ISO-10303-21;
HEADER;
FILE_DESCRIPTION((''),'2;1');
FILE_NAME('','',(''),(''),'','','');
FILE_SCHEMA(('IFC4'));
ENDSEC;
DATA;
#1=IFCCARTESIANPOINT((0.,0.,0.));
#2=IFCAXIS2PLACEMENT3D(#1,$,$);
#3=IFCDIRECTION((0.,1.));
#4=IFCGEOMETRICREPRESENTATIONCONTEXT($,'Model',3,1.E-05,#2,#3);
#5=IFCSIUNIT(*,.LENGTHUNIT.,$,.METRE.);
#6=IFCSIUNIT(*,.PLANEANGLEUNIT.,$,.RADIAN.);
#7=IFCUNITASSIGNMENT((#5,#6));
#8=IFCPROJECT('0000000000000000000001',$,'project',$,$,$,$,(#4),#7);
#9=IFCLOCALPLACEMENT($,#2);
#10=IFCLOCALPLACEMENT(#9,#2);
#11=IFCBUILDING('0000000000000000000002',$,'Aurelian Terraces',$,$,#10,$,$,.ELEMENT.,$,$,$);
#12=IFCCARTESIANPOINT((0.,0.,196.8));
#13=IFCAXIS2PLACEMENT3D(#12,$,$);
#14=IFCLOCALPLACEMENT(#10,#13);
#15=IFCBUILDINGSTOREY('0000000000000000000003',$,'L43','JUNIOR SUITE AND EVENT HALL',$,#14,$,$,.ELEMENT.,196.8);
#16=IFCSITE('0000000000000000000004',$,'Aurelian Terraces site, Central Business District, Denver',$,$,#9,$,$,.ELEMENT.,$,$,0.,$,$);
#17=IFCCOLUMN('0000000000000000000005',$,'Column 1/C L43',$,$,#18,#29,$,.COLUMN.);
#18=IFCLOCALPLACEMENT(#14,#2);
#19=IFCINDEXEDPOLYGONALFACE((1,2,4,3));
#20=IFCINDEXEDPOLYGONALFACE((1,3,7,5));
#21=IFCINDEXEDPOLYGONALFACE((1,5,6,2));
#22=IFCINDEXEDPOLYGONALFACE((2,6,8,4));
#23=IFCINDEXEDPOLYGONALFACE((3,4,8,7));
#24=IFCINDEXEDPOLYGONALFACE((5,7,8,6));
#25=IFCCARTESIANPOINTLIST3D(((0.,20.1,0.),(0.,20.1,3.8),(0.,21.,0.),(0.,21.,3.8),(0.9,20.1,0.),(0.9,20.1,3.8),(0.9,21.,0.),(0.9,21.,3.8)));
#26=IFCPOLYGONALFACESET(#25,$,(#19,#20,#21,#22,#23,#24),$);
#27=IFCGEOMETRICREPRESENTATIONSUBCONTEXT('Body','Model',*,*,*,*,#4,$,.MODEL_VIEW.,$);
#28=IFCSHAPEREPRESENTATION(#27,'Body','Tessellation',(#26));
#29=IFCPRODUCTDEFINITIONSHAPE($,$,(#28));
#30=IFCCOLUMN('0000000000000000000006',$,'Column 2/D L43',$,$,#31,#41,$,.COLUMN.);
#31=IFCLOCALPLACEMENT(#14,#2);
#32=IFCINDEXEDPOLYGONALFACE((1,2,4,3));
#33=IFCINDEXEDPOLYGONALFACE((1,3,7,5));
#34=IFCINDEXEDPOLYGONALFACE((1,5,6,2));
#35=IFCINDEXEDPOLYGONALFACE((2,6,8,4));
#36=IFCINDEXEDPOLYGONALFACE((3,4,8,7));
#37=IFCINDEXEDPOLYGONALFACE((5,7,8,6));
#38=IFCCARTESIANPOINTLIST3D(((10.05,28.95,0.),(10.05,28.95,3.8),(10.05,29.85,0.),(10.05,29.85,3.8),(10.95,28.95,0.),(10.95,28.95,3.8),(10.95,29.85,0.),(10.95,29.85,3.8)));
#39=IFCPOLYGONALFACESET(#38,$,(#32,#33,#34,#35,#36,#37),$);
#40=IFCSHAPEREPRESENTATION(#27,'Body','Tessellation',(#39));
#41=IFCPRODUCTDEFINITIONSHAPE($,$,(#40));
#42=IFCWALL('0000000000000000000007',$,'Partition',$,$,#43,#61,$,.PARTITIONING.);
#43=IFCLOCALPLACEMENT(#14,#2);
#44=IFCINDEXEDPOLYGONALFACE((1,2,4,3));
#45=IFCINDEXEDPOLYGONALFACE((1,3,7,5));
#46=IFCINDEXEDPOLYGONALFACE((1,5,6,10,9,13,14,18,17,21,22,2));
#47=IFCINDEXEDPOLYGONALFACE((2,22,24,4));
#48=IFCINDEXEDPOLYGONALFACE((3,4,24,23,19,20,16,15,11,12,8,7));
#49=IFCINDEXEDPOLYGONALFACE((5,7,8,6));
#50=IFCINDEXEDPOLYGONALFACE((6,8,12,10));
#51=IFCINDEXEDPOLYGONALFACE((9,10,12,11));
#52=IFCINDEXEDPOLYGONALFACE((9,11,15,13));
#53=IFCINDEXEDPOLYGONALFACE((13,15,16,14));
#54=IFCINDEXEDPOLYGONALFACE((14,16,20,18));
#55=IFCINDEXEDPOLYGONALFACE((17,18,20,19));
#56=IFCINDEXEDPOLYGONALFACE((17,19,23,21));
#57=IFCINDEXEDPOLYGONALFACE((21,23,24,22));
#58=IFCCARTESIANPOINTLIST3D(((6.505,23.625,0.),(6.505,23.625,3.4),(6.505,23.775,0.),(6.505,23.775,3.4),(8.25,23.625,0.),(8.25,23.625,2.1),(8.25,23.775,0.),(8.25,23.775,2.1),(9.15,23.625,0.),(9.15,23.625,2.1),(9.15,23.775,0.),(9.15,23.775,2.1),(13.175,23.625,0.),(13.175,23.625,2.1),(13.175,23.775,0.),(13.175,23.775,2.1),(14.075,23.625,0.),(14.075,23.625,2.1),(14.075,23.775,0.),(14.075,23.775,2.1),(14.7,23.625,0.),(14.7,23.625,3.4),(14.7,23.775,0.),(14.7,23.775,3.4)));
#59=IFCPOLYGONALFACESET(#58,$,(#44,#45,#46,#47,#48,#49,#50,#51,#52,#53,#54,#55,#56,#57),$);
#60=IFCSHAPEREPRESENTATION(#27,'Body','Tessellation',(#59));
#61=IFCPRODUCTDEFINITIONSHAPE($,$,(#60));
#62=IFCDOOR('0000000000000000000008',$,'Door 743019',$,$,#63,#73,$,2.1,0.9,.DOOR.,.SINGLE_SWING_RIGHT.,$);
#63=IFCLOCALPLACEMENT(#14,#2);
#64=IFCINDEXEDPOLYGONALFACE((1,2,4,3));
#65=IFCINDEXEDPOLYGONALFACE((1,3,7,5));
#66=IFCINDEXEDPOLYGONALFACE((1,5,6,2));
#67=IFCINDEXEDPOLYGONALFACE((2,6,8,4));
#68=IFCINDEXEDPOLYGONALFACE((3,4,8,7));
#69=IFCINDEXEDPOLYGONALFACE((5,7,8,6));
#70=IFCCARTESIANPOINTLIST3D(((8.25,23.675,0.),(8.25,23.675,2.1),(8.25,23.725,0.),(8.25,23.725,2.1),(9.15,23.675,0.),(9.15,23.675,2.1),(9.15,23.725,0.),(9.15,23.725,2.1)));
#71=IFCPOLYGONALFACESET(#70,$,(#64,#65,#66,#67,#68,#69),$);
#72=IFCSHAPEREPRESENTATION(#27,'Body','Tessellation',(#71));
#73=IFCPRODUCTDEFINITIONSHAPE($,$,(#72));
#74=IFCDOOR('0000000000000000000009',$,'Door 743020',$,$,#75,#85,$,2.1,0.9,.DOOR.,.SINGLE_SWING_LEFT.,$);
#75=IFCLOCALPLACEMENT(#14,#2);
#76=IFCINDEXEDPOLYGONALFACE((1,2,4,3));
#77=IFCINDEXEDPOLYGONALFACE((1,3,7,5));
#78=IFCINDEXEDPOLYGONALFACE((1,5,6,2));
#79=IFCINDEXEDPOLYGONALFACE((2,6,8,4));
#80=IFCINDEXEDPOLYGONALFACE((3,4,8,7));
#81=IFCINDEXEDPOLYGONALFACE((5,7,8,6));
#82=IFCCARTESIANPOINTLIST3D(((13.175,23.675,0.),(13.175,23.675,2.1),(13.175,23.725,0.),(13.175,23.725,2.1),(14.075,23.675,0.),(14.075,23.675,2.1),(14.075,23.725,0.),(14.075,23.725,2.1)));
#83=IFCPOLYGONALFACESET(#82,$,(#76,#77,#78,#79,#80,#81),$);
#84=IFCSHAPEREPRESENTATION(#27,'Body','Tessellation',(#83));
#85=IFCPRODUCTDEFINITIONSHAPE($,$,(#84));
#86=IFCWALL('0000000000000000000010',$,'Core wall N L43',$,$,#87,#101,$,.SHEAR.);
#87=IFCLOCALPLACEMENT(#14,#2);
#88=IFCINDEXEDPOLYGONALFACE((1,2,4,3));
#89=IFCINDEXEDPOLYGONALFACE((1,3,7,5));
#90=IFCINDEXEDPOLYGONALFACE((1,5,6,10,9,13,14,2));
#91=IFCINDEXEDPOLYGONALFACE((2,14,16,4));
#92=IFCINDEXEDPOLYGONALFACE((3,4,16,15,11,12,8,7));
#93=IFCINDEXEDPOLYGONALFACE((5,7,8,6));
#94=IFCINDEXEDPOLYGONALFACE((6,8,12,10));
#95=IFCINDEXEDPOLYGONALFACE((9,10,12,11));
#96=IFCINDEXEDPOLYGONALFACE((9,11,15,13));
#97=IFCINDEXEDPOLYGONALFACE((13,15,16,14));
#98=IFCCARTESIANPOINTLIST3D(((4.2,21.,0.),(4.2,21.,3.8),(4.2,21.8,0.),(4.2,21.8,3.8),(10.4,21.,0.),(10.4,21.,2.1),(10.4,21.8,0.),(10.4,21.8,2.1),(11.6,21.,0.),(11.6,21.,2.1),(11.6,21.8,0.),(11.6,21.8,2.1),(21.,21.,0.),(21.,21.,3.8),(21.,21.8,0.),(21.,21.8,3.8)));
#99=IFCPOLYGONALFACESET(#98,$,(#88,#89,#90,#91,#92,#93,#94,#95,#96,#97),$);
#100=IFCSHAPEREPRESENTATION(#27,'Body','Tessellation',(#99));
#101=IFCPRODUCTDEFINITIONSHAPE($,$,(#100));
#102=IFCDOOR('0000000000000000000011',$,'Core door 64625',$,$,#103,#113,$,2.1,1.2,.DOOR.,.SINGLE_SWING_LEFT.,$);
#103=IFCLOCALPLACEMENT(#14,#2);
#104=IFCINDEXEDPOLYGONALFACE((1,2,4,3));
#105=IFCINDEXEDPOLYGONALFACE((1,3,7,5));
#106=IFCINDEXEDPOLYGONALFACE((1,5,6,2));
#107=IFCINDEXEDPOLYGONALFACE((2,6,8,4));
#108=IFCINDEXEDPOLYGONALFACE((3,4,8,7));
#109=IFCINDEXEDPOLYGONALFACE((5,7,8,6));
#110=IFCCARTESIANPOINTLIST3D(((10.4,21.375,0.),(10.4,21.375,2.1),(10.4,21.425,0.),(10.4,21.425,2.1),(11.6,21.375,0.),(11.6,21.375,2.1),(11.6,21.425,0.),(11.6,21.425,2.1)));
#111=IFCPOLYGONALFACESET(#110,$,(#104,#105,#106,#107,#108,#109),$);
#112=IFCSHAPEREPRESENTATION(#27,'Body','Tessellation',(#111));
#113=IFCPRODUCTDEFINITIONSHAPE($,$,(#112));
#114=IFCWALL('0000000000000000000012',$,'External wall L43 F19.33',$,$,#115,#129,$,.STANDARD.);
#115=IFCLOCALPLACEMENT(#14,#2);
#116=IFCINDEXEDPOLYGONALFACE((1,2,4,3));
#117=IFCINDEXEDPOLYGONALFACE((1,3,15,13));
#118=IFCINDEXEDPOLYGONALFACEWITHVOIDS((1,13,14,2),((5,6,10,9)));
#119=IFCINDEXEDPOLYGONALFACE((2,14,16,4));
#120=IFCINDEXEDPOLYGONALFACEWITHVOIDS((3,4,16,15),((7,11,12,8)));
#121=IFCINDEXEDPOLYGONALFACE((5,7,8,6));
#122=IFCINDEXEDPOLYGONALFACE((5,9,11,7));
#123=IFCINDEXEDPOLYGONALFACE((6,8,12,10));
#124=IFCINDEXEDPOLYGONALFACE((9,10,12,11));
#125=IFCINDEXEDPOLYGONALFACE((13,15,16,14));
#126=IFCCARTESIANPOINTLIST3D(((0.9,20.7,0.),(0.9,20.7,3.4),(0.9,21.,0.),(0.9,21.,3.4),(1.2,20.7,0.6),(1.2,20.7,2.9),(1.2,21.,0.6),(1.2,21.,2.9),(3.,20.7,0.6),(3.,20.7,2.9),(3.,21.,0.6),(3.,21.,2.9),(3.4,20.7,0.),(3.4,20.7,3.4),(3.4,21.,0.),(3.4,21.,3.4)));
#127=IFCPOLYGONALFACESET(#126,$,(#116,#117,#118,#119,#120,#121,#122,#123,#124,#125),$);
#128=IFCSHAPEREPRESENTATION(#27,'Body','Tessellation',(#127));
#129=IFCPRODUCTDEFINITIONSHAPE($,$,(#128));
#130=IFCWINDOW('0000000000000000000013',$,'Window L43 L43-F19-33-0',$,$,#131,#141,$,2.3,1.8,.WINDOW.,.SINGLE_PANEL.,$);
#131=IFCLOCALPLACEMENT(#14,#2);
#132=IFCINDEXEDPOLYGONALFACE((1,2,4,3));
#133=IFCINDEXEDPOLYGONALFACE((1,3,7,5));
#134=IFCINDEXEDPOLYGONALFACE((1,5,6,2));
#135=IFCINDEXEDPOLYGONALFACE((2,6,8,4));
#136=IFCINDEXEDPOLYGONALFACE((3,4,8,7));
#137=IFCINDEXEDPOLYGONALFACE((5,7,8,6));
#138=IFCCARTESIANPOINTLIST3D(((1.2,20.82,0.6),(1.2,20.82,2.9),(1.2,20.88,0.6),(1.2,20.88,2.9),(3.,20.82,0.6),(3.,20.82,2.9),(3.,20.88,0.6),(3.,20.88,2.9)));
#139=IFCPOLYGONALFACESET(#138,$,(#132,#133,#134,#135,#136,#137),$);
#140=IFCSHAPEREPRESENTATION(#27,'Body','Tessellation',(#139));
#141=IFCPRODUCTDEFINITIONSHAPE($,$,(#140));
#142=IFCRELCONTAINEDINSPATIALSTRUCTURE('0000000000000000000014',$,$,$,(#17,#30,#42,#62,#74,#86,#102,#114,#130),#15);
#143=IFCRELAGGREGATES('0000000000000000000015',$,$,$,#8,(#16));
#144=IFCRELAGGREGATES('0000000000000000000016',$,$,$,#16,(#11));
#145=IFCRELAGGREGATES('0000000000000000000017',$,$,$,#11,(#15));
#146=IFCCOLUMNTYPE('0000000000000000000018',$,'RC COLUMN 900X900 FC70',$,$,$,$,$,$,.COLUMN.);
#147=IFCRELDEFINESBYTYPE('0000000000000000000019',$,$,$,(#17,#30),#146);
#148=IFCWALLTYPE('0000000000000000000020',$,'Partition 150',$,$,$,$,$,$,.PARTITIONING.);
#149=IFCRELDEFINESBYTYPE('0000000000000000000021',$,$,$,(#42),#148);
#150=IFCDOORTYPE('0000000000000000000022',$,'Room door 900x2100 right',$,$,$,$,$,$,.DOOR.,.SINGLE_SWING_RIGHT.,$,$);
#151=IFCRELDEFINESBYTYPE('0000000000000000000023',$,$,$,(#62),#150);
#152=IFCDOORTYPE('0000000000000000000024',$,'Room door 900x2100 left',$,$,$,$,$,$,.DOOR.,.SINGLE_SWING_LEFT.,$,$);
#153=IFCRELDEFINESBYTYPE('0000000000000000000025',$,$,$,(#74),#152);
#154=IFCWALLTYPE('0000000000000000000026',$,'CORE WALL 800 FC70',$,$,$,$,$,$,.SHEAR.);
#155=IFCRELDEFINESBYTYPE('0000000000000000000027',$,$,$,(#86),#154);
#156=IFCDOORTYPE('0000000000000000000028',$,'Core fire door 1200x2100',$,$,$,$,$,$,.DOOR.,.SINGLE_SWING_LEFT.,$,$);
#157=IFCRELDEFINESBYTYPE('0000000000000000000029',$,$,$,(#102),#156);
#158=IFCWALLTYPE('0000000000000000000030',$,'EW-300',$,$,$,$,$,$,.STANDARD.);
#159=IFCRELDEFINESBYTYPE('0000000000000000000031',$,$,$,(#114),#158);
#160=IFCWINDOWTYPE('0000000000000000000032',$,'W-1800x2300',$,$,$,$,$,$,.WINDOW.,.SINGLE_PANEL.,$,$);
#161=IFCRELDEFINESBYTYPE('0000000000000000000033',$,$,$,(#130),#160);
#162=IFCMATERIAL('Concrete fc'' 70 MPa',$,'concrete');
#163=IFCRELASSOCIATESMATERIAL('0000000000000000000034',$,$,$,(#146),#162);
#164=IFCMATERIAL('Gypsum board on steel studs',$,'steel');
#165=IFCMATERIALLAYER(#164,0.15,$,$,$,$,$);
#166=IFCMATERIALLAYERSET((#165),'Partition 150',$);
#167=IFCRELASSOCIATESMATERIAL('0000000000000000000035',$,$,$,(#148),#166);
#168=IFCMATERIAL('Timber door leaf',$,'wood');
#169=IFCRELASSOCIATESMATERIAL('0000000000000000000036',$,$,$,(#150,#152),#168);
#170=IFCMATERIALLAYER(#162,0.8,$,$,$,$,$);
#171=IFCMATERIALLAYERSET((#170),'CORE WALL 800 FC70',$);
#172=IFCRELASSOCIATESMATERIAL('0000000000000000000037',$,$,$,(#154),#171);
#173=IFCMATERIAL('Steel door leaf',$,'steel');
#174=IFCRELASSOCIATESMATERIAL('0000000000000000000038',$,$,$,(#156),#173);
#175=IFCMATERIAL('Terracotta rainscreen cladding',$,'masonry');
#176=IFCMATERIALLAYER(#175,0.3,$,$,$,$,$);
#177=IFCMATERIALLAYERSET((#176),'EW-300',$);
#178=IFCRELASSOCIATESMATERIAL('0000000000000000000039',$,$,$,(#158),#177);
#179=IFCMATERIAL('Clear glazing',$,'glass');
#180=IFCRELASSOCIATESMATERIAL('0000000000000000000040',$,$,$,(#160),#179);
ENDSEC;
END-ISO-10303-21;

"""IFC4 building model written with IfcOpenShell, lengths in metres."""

from ifc_helpers import new_model, si_unit, direction, frame, frame_2d, origin, origin_2d, place, context, subcontext, project, spatial, rectangle, extrude, source, transform, mapped, material, layer, layer_set, material_profile, profile_set, type_object, element, fill, save


model = new_model("IFC4")

# Units and contexts
model_context = context("Model", 3, precision=1e-05, world=origin(), true_north=direction((0.0, 1.0)))
body_context = subcontext(model_context, "Body", "Model", "MODEL_VIEW")
ifc_project = project(units=[si_unit("LENGTHUNIT", "METRE"), si_unit("PLANEANGLEUNIT", "RADIAN")], contexts=[model_context])

# Site, building, storey
site_placement = place(None, origin())
site = spatial("IfcSite", under=ifc_project, at=site_placement, Name="Aurelian Terraces site, Central Business District, Denver", CompositionType="ELEMENT", RefElevation=0.0)
building_placement = place(site_placement, origin())
building = spatial("IfcBuilding", under=site, at=building_placement, Name="Aurelian Terraces", CompositionType="ELEMENT")
storey_placement = place(building_placement, frame((0.0, 0.0, 196.8)))
storey = spatial("IfcBuildingStorey", under=building, at=storey_placement, Name="L43", Description="JUNIOR SUITE AND EVENT HALL", CompositionType="ELEMENT", Elevation=196.8)

# Columns
ifc_material_1 = material(Name="Concrete fc' 70 MPa", Category="concrete")
ifc_material_profile = material_profile(ifc_material_1, rectangle(XDim=0.9, YDim=0.9, at=origin_2d()))
ifc_profile_set = profile_set([ifc_material_profile], Name="Concrete fc' 70 MPa")
column_type = type_object("IfcColumnType", Name="RC COLUMN 900X900 FC70", PredefinedType="COLUMN", material=ifc_profile_set)
shared_shape_1 = source(origin(), body_context, "Body", "SweptSolid", [
    extrude(rectangle(XDim=0.9, YDim=0.9, at=origin_2d()), origin(), (0.0, 0.0, 1.0), 3.8),
])
for number, where, z_axis, x_axis, name in (
    (1, (0.45, 20.55, 0.0), (0.0, 0.0, 1.0), (1.0, 0.0, 0.0), "Column 1/C L43"),
    (2, (10.5, 29.4, 0.0), (0.0, 0.0, 1.0), (1.0, 0.0, 0.0), "Column 2/D L43"),
):
    element("IfcColumn", number, at=place(storey_placement, frame(where, z_axis=z_axis, x_axis=x_axis)), inside=storey, type_object=column_type, Name=name, PredefinedType="COLUMN", context=body_context, shape_type="MappedRepresentation", body=[
        mapped(shared_shape_1, transform((0.0, 0.0, 0.0), scale=1.0)),
    ])

# Wall, openings, doors
ifc_material_2 = material(Name="Gypsum board on steel studs", Category="steel")
ifc_layer_1 = layer(ifc_material_2, 0.15)
ifc_layer_set_1 = layer_set([ifc_layer_1], Name="Partition 150")
wall_type_1 = type_object("IfcWallType", Name="Partition 150", PredefinedType="PARTITIONING", material=ifc_layer_set_1)
wall_1_placement = place(storey_placement, frame((6.505, 23.7, 0.0), z_axis=(0.0, 0.0, 1.0), x_axis=(1.0, 0.0, 0.0)))
wall_1 = element("IfcWall", 3, at=wall_1_placement, inside=storey, type_object=wall_type_1, Name="Partition", PredefinedType="PARTITIONING", context=body_context, shape_type="SweptSolid", body=[
    extrude(rectangle(XDim=8.195, YDim=0.15, at=frame_2d((4.0975, 0.0))), origin(), (0.0, 0.0, 1.0), 3.4),
])
shared_shape_2 = source(origin(), body_context, "Body", "SweptSolid", [
    extrude(rectangle(XDim=0.9, YDim=2.1, at=frame_2d((0.45, 1.05))), frame((0.0, 0.085, 0.0), z_axis=(0.0, -1.0, 0.0), x_axis=(1.0, 0.0, 0.0)), (0.0, 0.0, 1.0), 0.17),
])
opening_1_placement = place(wall_1_placement, frame((1.745, 0.0, 0.0)))
opening_1 = element("IfcOpeningElement", 4, at=opening_1_placement, cuts=wall_1, PredefinedType="OPENING", context=body_context, shape_type="MappedRepresentation", body=[
    mapped(shared_shape_2, transform((0.0, 0.0, 0.0), scale=1.0)),
])
opening_2_placement = place(wall_1_placement, frame((6.67, 0.0, 0.0)))
opening_2 = element("IfcOpeningElement", 5, at=opening_2_placement, cuts=wall_1, PredefinedType="OPENING", context=body_context, shape_type="MappedRepresentation", body=[
    mapped(shared_shape_2, transform((0.0, 0.0, 0.0), scale=1.0)),
])
ifc_material_3 = material(Name="Timber door leaf", Category="wood")
door_type_1 = type_object("IfcDoorType", Name="Room door 900x2100 right", OperationType="SINGLE_SWING_RIGHT", PredefinedType="DOOR", material=ifc_material_3)
shared_shape_3 = source(origin(), body_context, "Body", "SweptSolid", [
    extrude(rectangle(XDim=0.9, YDim=2.1, at=frame_2d((0.45, 1.05))), frame((0.0, 0.025, 0.0), z_axis=(0.0, -1.0, 0.0), x_axis=(1.0, 0.0, 0.0)), (0.0, 0.0, 1.0), 0.05),
])
door_1_placement = place(opening_1_placement, origin())
door_1 = element("IfcDoor", 6, at=door_1_placement, inside=storey, type_object=door_type_1, Name="Door 743019", OperationType="SINGLE_SWING_RIGHT", OverallHeight=2.1, OverallWidth=0.9, PredefinedType="DOOR", context=body_context, shape_type="MappedRepresentation", body=[
    mapped(shared_shape_3, transform((0.0, 0.0, 0.0), scale=1.0)),
])
fill(opening_1, door_1)
door_type_2 = type_object("IfcDoorType", Name="Room door 900x2100 left", OperationType="SINGLE_SWING_LEFT", PredefinedType="DOOR", material=ifc_material_3)
door_2_placement = place(opening_2_placement, origin())
door_2 = element("IfcDoor", 7, at=door_2_placement, inside=storey, type_object=door_type_2, Name="Door 743020", OperationType="SINGLE_SWING_LEFT", OverallHeight=2.1, OverallWidth=0.9, PredefinedType="DOOR", context=body_context, shape_type="MappedRepresentation", body=[
    mapped(shared_shape_3, transform((0.0, 0.0, 0.0), scale=1.0)),
])
fill(opening_2, door_2)

# Wall, opening, door
ifc_layer_2 = layer(ifc_material_1, 0.8)
ifc_layer_set_2 = layer_set([ifc_layer_2], Name="CORE WALL 800 FC70")
wall_type_2 = type_object("IfcWallType", Name="CORE WALL 800 FC70", PredefinedType="SHEAR", material=ifc_layer_set_2)
shared_shape_4 = source(origin(), body_context, "Body", "SweptSolid", [
    extrude(rectangle(XDim=16.8, YDim=0.8, at=frame_2d((8.4, 0.0))), origin(), (0.0, 0.0, 1.0), 3.8),
])
wall_2_placement = place(storey_placement, frame((4.2, 21.4, 0.0), z_axis=(0.0, 0.0, 1.0), x_axis=(1.0, 0.0, 0.0)))
wall_2 = element("IfcWall", 8, at=wall_2_placement, inside=storey, type_object=wall_type_2, Name="Core wall N L43", PredefinedType="SHEAR", context=body_context, shape_type="MappedRepresentation", body=[
    mapped(shared_shape_4, transform((0.0, 0.0, 0.0), scale=1.0)),
])
shared_shape_5 = source(origin(), body_context, "Body", "SweptSolid", [
    extrude(rectangle(XDim=1.2, YDim=2.1, at=frame_2d((0.6, 1.05))), frame((0.0, 0.41, 0.0), z_axis=(0.0, -1.0, 0.0), x_axis=(1.0, 0.0, 0.0)), (0.0, 0.0, 1.0), 0.82),
])
opening_3_placement = place(wall_2_placement, frame((6.2, 0.0, 0.0)))
opening_3 = element("IfcOpeningElement", 9, at=opening_3_placement, cuts=wall_2, PredefinedType="OPENING", context=body_context, shape_type="MappedRepresentation", body=[
    mapped(shared_shape_5, transform((0.0, 0.0, 0.0), scale=1.0)),
])
ifc_material_4 = material(Name="Steel door leaf", Category="steel")
door_type_3 = type_object("IfcDoorType", Name="Core fire door 1200x2100", OperationType="SINGLE_SWING_LEFT", PredefinedType="DOOR", material=ifc_material_4)
shared_shape_6 = source(origin(), body_context, "Body", "SweptSolid", [
    extrude(rectangle(XDim=1.2, YDim=2.1, at=frame_2d((0.6, 1.05))), frame((0.0, 0.025, 0.0), z_axis=(0.0, -1.0, 0.0), x_axis=(1.0, 0.0, 0.0)), (0.0, 0.0, 1.0), 0.05),
])
door_3_placement = place(opening_3_placement, origin())
door_3 = element("IfcDoor", 10, at=door_3_placement, inside=storey, type_object=door_type_3, Name="Core door 64625", OperationType="SINGLE_SWING_LEFT", OverallHeight=2.1, OverallWidth=1.2, PredefinedType="DOOR", context=body_context, shape_type="MappedRepresentation", body=[
    mapped(shared_shape_6, transform((0.0, 0.0, 0.0), scale=1.0)),
])
fill(opening_3, door_3)

# Wall, opening, window
ifc_material_5 = material(Name="Terracotta rainscreen cladding", Category="masonry")
ifc_layer_3 = layer(ifc_material_5, 0.3)
ifc_layer_set_3 = layer_set([ifc_layer_3], Name="EW-300")
wall_type_3 = type_object("IfcWallType", Name="EW-300", PredefinedType="STANDARD", material=ifc_layer_set_3)
shared_shape_7 = source(origin(), body_context, "Body", "SweptSolid", [
    extrude(rectangle(XDim=2.5, YDim=0.3, at=frame_2d((1.25, 0.0))), origin(), (0.0, 0.0, 1.0), 3.4),
])
wall_3_placement = place(storey_placement, frame((3.4, 20.85, 0.0), z_axis=(0.0, 0.0, 1.0), x_axis=(-1.0, 0.0, 0.0)))
wall_3 = element("IfcWall", 11, at=wall_3_placement, inside=storey, type_object=wall_type_3, Name="External wall L43 F19.33", PredefinedType="STANDARD", context=body_context, shape_type="MappedRepresentation", body=[
    mapped(shared_shape_7, transform((0.0, 0.0, 0.0), scale=1.0)),
])
shared_shape_8 = source(origin(), body_context, "Body", "SweptSolid", [
    extrude(rectangle(XDim=1.8, YDim=2.3, at=frame_2d((0.9, 1.15))), frame((0.0, 0.16, 0.0), z_axis=(0.0, -1.0, 0.0), x_axis=(1.0, 0.0, 0.0)), (0.0, 0.0, 1.0), 0.32),
])
opening_4_placement = place(wall_3_placement, frame((0.4, 0.0, 0.6)))
opening_4 = element("IfcOpeningElement", 12, at=opening_4_placement, cuts=wall_3, PredefinedType="OPENING", context=body_context, shape_type="MappedRepresentation", body=[
    mapped(shared_shape_8, transform((0.0, 0.0, 0.0), scale=1.0)),
])
ifc_material_6 = material(Name="Clear glazing", Category="glass")
window_type = type_object("IfcWindowType", Name="W-1800x2300", PartitioningType="SINGLE_PANEL", PredefinedType="WINDOW", material=ifc_material_6)
shared_shape_9 = source(origin(), body_context, "Body", "SweptSolid", [
    extrude(rectangle(XDim=1.8, YDim=2.3, at=frame_2d((0.9, 1.15))), frame((0.0, 0.03, 0.0), z_axis=(0.0, -1.0, 0.0), x_axis=(1.0, 0.0, 0.0)), (0.0, 0.0, 1.0), 0.06),
])
window_1_placement = place(opening_4_placement, origin())
window_1 = element("IfcWindow", 13, at=window_1_placement, inside=storey, type_object=window_type, Name="Window L43 L43-F19-33-0", OverallHeight=2.3, OverallWidth=1.8, PartitioningType="SINGLE_PANEL", PredefinedType="WINDOW", context=body_context, shape_type="MappedRepresentation", body=[
    mapped(shared_shape_9, transform((0.0, 0.0, 0.0), scale=1.0)),
])
fill(opening_4, window_1)

save(model, "model.ifc")
